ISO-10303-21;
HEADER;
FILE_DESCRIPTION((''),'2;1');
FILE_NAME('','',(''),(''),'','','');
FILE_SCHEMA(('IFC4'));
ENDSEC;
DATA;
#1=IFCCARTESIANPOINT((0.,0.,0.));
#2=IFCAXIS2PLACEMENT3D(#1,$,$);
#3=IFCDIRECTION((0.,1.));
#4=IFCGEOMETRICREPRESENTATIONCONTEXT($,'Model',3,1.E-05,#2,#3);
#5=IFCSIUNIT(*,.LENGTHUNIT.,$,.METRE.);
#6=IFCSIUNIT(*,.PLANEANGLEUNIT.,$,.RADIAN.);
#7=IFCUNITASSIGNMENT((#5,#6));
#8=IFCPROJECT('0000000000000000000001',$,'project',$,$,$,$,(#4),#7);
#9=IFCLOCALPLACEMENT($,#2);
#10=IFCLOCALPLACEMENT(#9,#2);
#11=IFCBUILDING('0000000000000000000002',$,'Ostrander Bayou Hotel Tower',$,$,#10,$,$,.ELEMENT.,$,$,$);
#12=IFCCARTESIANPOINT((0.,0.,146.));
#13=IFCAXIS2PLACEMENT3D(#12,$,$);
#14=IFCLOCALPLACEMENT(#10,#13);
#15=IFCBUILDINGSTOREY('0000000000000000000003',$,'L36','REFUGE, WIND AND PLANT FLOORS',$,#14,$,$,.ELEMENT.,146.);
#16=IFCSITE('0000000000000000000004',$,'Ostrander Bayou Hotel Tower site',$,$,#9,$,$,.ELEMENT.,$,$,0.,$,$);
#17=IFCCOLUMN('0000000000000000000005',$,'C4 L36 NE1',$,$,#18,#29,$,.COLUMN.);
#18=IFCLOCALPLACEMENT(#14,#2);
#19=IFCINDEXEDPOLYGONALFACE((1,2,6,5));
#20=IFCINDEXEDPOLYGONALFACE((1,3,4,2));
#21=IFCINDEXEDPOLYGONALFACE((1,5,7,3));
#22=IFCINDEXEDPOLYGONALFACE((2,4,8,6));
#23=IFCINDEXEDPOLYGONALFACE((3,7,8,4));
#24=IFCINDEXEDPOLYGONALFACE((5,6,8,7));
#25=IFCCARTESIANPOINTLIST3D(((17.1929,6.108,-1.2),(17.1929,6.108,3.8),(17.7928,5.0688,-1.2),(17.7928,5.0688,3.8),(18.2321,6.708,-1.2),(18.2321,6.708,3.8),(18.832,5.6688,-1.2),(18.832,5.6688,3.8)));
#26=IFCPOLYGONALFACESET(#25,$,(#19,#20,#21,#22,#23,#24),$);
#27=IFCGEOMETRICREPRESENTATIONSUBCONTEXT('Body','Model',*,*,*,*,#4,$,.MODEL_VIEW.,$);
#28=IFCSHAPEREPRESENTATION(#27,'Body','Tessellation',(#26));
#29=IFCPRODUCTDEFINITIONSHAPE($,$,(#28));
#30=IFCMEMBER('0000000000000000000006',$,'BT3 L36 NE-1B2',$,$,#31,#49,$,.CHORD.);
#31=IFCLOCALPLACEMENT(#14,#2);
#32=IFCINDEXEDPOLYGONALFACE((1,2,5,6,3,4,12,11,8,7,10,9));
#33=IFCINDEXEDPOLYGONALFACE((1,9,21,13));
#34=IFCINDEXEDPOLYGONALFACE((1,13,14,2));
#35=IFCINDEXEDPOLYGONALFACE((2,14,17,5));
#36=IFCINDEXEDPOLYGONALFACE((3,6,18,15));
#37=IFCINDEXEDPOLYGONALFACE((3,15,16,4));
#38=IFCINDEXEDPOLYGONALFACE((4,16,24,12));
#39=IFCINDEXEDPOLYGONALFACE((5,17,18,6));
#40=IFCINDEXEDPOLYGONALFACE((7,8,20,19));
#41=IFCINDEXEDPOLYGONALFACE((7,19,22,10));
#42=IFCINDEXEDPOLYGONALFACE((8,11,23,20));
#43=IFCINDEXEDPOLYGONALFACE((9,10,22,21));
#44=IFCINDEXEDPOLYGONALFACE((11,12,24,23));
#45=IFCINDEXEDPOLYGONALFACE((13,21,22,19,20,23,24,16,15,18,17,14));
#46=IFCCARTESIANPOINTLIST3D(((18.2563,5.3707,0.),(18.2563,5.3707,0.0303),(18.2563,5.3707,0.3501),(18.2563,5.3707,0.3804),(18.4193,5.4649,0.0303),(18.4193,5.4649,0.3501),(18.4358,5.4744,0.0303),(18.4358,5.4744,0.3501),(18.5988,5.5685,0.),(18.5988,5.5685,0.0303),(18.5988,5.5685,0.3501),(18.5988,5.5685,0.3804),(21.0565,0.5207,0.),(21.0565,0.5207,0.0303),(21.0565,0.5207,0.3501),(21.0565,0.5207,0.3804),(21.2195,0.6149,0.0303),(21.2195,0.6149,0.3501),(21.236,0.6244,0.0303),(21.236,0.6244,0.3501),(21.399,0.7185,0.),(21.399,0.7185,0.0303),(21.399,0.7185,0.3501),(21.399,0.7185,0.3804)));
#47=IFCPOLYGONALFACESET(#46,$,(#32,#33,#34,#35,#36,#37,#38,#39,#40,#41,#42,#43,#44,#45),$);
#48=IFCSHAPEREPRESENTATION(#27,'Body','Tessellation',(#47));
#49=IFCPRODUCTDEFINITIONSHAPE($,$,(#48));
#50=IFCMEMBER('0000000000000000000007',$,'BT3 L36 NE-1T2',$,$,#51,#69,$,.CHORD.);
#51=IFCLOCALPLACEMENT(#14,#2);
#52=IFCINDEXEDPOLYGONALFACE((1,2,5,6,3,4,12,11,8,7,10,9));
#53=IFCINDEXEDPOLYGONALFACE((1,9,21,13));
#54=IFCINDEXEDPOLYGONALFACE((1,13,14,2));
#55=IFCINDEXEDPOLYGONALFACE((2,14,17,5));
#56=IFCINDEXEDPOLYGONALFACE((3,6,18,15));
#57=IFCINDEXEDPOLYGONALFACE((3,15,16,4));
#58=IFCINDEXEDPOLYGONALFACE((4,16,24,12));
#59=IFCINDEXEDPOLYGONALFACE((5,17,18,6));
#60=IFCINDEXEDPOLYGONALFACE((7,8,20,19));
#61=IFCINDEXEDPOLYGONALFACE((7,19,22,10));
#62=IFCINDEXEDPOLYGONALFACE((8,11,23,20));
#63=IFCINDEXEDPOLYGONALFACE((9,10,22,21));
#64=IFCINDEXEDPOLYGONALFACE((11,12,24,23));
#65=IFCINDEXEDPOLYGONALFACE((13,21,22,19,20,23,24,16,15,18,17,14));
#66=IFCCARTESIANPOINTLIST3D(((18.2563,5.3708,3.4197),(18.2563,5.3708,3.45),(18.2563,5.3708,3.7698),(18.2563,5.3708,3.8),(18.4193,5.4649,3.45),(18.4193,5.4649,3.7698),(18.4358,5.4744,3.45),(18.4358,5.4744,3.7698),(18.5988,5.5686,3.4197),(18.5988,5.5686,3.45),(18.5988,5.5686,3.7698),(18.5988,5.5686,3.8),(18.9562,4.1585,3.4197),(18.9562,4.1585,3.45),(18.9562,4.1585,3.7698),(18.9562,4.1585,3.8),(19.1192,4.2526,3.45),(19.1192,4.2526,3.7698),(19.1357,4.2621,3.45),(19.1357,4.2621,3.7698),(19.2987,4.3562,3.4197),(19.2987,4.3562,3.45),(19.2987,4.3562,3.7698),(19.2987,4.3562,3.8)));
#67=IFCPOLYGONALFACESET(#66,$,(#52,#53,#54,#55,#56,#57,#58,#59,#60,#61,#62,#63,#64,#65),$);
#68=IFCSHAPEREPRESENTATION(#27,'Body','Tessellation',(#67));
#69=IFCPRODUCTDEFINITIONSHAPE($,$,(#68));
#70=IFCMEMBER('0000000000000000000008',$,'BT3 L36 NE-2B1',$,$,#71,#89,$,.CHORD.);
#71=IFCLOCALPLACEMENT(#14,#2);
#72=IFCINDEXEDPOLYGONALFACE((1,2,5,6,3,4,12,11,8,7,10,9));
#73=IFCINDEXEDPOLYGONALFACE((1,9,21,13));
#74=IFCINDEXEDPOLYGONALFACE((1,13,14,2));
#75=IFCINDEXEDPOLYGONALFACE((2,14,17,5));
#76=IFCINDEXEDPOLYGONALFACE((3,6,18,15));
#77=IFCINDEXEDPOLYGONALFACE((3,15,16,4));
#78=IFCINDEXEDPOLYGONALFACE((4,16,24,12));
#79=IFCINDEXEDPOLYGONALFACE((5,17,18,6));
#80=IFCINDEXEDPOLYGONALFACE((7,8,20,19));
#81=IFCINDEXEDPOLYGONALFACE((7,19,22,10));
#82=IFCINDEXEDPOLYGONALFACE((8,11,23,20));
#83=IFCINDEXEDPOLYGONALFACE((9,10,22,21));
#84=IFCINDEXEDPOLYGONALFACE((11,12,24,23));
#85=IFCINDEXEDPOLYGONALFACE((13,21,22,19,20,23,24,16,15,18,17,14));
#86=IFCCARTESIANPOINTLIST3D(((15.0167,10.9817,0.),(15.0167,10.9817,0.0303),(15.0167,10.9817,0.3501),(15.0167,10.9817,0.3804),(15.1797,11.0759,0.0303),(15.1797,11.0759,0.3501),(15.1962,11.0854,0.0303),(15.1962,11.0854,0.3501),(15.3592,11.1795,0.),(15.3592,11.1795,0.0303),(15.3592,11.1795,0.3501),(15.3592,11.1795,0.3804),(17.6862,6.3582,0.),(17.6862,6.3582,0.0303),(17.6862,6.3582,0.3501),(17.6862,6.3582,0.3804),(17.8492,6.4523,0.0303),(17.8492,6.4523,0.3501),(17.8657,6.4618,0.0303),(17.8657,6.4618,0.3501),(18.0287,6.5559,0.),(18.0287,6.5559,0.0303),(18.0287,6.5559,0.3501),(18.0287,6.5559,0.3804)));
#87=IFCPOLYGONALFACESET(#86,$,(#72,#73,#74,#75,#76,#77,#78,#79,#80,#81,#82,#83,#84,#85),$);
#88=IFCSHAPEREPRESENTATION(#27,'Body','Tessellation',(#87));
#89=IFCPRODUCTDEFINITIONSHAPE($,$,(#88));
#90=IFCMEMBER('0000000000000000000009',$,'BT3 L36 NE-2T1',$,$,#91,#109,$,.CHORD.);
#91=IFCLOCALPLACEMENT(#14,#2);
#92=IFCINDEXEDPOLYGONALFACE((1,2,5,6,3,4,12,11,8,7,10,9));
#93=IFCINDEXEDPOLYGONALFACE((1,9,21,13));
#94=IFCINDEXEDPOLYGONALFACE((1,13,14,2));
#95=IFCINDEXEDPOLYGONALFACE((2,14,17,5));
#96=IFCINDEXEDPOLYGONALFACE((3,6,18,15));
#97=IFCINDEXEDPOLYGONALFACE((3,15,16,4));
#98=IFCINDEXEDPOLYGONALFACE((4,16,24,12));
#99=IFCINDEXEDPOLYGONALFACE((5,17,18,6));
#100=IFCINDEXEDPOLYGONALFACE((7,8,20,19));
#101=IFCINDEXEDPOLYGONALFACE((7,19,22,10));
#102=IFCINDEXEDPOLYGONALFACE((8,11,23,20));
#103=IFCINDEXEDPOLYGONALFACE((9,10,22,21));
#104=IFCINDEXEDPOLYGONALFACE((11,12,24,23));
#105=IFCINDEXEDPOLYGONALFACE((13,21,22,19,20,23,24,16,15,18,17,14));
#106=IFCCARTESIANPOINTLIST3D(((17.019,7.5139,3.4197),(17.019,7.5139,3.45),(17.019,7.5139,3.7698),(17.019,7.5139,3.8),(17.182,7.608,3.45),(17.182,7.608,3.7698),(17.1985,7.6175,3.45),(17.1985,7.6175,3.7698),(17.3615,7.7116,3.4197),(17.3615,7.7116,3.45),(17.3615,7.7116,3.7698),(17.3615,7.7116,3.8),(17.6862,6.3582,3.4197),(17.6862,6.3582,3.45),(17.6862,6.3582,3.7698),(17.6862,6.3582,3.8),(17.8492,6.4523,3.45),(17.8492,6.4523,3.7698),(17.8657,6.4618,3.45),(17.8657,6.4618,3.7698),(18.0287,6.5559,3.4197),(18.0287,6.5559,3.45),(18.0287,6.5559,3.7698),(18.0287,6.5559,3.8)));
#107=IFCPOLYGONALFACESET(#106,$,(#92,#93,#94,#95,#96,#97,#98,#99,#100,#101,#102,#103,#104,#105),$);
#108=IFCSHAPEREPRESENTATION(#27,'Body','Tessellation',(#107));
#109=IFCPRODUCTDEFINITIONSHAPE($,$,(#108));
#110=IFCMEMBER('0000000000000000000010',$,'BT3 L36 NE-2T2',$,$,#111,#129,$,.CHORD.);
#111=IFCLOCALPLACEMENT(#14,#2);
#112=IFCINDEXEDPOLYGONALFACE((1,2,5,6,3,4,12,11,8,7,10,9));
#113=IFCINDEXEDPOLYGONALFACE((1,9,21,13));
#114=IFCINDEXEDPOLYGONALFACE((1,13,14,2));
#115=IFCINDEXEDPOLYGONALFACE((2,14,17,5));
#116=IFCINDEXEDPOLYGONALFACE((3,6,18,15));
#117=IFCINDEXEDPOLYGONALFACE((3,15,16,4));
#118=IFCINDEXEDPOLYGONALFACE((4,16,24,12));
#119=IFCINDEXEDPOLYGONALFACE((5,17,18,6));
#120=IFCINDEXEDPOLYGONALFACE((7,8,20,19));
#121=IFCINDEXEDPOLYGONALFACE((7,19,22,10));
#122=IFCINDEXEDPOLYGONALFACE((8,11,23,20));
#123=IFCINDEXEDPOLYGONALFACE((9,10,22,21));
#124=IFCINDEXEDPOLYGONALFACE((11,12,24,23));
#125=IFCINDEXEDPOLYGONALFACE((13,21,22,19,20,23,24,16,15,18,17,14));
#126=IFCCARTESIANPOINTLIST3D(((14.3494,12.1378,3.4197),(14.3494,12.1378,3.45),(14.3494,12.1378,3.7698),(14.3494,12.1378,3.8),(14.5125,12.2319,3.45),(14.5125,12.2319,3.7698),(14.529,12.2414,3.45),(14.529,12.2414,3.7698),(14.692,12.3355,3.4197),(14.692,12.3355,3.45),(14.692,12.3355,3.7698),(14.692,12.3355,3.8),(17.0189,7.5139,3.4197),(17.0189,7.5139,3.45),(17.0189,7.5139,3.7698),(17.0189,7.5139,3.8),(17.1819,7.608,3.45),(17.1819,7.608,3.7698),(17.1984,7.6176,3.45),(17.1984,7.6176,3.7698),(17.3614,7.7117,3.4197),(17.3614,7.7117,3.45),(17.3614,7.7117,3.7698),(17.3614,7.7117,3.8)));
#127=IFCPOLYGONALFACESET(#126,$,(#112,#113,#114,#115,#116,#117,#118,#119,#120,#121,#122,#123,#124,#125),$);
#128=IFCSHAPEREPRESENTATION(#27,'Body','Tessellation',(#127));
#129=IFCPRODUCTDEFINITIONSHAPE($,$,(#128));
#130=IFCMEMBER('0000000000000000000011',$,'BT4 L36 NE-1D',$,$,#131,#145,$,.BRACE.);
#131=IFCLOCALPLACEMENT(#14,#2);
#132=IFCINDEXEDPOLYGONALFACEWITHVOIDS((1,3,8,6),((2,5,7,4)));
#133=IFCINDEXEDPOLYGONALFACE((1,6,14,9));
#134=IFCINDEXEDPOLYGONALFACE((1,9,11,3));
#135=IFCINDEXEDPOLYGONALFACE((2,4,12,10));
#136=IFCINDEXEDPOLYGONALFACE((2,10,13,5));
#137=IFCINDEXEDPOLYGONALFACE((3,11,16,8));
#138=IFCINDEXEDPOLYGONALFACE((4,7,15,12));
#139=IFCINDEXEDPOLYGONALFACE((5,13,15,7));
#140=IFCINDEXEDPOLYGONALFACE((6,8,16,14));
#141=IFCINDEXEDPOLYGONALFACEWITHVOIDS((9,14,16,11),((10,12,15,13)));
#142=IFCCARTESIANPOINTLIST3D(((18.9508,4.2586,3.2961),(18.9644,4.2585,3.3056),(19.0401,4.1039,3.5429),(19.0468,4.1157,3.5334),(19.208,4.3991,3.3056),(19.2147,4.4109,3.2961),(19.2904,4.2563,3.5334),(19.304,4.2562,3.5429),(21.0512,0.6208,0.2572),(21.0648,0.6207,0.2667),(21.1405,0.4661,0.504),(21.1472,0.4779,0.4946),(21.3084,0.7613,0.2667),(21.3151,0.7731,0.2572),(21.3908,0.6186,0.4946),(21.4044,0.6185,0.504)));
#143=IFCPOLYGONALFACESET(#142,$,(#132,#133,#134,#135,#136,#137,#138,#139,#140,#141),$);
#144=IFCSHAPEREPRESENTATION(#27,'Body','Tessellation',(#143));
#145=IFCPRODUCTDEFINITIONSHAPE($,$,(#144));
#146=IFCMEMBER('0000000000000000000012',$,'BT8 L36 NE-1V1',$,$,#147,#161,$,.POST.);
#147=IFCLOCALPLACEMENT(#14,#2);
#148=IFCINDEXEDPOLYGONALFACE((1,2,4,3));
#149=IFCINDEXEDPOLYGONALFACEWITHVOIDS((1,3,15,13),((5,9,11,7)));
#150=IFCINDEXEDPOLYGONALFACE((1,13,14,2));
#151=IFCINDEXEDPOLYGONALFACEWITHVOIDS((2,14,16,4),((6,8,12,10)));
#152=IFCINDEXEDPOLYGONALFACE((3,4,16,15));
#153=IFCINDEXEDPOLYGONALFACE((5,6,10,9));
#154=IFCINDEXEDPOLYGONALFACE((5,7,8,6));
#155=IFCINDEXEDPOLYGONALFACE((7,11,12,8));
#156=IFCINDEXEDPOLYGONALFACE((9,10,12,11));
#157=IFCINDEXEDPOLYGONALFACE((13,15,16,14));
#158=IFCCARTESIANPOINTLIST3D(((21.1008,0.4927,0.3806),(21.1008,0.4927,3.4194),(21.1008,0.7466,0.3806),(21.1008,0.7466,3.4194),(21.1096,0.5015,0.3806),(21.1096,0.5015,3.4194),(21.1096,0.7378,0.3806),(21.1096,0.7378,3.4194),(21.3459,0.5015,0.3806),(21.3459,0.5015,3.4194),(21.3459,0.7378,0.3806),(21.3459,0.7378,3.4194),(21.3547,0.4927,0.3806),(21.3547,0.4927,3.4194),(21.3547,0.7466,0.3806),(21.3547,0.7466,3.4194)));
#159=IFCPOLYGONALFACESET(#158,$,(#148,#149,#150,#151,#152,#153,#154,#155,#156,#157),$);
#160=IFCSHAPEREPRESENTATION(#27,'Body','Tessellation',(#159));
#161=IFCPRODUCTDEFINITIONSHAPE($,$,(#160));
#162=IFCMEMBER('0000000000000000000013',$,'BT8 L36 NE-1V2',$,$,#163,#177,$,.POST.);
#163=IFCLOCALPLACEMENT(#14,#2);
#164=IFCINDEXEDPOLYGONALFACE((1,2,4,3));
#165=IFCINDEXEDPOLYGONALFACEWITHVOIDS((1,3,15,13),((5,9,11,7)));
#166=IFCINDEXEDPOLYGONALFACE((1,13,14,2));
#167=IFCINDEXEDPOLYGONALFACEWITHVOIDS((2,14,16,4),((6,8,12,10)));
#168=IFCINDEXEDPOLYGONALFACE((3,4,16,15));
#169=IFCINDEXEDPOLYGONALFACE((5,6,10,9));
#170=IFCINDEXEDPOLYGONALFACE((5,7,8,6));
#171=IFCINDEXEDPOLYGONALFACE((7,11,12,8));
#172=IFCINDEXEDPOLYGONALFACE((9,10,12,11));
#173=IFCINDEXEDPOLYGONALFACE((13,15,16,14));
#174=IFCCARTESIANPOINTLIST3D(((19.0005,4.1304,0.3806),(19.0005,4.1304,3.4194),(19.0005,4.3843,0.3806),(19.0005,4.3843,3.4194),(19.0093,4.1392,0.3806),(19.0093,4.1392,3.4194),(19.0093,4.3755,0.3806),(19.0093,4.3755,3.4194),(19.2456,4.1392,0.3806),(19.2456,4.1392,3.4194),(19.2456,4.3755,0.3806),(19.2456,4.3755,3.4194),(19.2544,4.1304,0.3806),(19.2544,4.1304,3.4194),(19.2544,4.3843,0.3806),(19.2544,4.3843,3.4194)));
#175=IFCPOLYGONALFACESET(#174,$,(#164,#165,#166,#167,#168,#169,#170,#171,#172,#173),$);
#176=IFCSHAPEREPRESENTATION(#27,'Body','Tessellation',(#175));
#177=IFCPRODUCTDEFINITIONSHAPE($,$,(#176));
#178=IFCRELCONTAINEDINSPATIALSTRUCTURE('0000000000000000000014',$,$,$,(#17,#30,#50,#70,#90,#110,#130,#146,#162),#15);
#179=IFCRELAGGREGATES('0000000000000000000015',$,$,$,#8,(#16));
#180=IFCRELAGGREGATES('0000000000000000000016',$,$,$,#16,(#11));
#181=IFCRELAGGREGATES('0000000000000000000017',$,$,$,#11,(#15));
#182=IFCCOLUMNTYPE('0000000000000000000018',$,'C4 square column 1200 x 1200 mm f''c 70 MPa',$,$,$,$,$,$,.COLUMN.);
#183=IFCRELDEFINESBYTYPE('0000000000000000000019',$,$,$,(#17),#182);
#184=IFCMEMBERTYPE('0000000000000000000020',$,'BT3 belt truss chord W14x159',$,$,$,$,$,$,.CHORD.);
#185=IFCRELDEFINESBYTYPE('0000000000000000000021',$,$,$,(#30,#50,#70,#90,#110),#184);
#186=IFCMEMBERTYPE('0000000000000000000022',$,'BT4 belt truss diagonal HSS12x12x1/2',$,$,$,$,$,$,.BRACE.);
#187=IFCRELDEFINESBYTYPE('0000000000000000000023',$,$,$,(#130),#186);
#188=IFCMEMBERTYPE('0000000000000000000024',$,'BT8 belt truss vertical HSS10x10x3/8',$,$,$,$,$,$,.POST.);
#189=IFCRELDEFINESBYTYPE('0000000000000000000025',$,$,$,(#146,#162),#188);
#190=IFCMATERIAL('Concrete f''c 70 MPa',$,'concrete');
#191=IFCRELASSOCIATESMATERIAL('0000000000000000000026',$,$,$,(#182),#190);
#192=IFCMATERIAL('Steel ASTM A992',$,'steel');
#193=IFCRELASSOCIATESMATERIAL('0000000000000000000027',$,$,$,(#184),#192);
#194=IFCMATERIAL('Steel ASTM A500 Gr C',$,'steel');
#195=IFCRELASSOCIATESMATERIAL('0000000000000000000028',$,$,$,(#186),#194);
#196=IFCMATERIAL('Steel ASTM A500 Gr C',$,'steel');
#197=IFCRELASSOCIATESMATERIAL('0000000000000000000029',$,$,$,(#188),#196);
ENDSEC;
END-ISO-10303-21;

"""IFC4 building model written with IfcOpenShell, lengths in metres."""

from ifc_helpers import new_model, si_unit, direction, frame, origin, origin_2d, place, context, subcontext, project, spatial, rectangle, hollow_rectangle, i_section, extrude, material, material_profile, profile_set, type_object, element, save


model = new_model("IFC4")

# Units and contexts
model_context = context("Model", 3, precision=1e-05, world=origin(), true_north=direction((0.0, 1.0)))
body_context = subcontext(model_context, "Body", "Model", "MODEL_VIEW")
ifc_project = project(units=[si_unit("LENGTHUNIT", "METRE"), si_unit("PLANEANGLEUNIT", "RADIAN")], contexts=[model_context])

# Site, building, storey
site_placement = place(None, origin())
site = spatial("IfcSite", under=ifc_project, at=site_placement, Name="Ostrander Bayou Hotel Tower site", CompositionType="ELEMENT", RefElevation=0.0)
building_placement = place(site_placement, origin())
building = spatial("IfcBuilding", under=site, at=building_placement, Name="Ostrander Bayou Hotel Tower", CompositionType="ELEMENT")
storey_placement = place(building_placement, frame((0.0, 0.0, 146.0)))
storey = spatial("IfcBuildingStorey", under=building, at=storey_placement, Name="L36", Description="REFUGE, WIND AND PLANT FLOORS", CompositionType="ELEMENT", Elevation=146.0)

# Column
ifc_material_1 = material(Name="Concrete f'c 70 MPa", Category="concrete")
ifc_material_profile_1 = material_profile(ifc_material_1, rectangle(XDim=1.2, YDim=1.2, at=origin_2d()))
ifc_profile_set_1 = profile_set([ifc_material_profile_1], Name="Concrete f'c 70 MPa")
column_type = type_object("IfcColumnType", Name="C4 square column 1200 x 1200 mm f'c 70 MPa", PredefinedType="COLUMN", material=ifc_profile_set_1)
column_placement = place(storey_placement, frame((18.0125, 5.8884, -1.2), z_axis=(0.0, 0.0, 1.0), x_axis=(0.5, -0.866025, 0.0)))
element("IfcColumn", 1, at=column_placement, inside=storey, type_object=column_type, Name="C4 L36 NE1", PredefinedType="COLUMN", context=body_context, shape_type="SweptSolid", body=[
    extrude(rectangle(XDim=1.2, YDim=1.2, at=origin_2d()), origin(), (0.0, 0.0, 1.0), 5.0),
])

# Members
ifc_material_2 = material(Name="Steel ASTM A992", Category="steel")
ifc_material_profile_2 = material_profile(ifc_material_2, i_section(OverallWidth=0.3955, OverallDepth=0.3804, WebThickness=0.019, FlangeThickness=0.0303, at=origin_2d()))
ifc_profile_set_2 = profile_set([ifc_material_profile_2], Name="Steel ASTM A992")
member_type_1 = type_object("IfcMemberType", Name="BT3 belt truss chord W14x159", PredefinedType="CHORD", material=ifc_profile_set_2)
member_1_placement = place(storey_placement, frame((21.2278, 0.6196, 0.1902), z_axis=(-0.500012, 0.866019, 0.0), x_axis=(-0.866019, -0.500012, 0.0)))
element("IfcMember", 2, at=member_1_placement, inside=storey, type_object=member_type_1, Name="BT3 L36 NE-1B2", PredefinedType="CHORD", context=body_context, shape_type="SweptSolid", body=[
    extrude(i_section(OverallWidth=0.3955, OverallDepth=0.3804, WebThickness=0.019, FlangeThickness=0.0303, at=origin_2d()), origin(), (0.0, 0.0, 1.0), 5.6003),
])
member_2_placement = place(storey_placement, frame((19.1274, 4.2573, 3.6099), z_axis=(-0.499984, 0.866035, 0.0), x_axis=(-0.866035, -0.499984, 0.0)))
element("IfcMember", 3, at=member_2_placement, inside=storey, type_object=member_type_1, Name="BT3 L36 NE-1T2", PredefinedType="CHORD", context=body_context, shape_type="SweptSolid", body=[
    extrude(i_section(OverallWidth=0.3955, OverallDepth=0.3804, WebThickness=0.019, FlangeThickness=0.0303, at=origin_2d()), origin(), (0.0, 0.0, 1.0), 1.3999),
])
member_3_placement = place(storey_placement, frame((17.8574, 6.457, 0.1902), z_axis=(-0.500005, 0.866023, 0.0), x_axis=(-0.866023, -0.500005, 0.0)))
element("IfcMember", 4, at=member_3_placement, inside=storey, type_object=member_type_1, Name="BT3 L36 NE-2B1", PredefinedType="CHORD", context=body_context, shape_type="SweptSolid", body=[
    extrude(i_section(OverallWidth=0.3955, OverallDepth=0.3804, WebThickness=0.019, FlangeThickness=0.0303, at=origin_2d()), origin(), (0.0, 0.0, 1.0), 5.3389),
])
member_4_placement = place(storey_placement, frame((17.8574, 6.457, 3.6099), z_axis=(-0.499976, 0.866039, 0.0), x_axis=(-0.866039, -0.499976, 0.0)))
element("IfcMember", 5, at=member_4_placement, inside=storey, type_object=member_type_1, Name="BT3 L36 NE-2T1", PredefinedType="CHORD", context=body_context, shape_type="SweptSolid", body=[
    extrude(i_section(OverallWidth=0.3955, OverallDepth=0.3804, WebThickness=0.019, FlangeThickness=0.0303, at=origin_2d()), origin(), (0.0, 0.0, 1.0), 1.3345),
])
member_5_placement = place(storey_placement, frame((17.1902, 7.6128, 3.6099), z_axis=(-0.499985, 0.866034, 0.0), x_axis=(-0.866034, -0.499985, 0.0)))
element("IfcMember", 6, at=member_5_placement, inside=storey, type_object=member_type_1, Name="BT3 L36 NE-2T2", PredefinedType="CHORD", context=body_context, shape_type="SweptSolid", body=[
    extrude(i_section(OverallWidth=0.3955, OverallDepth=0.3804, WebThickness=0.019, FlangeThickness=0.0303, at=origin_2d()), origin(), (0.0, 0.0, 1.0), 5.3391),
])
ifc_material_3 = material(Name="Steel ASTM A500 Gr C", Category="steel")
ifc_material_profile_3 = material_profile(ifc_material_3, hollow_rectangle(XDim=0.3047, YDim=0.3047, WallThickness=0.0117, at=origin_2d()))
ifc_profile_set_3 = profile_set([ifc_material_profile_3], Name="Steel ASTM A500 Gr C")
member_type_2 = type_object("IfcMemberType", Name="BT4 belt truss diagonal HSS12x12x1/2", PredefinedType="BRACE", material=ifc_profile_set_3)
member_6_placement = place(storey_placement, frame((21.2278, 0.6196, 0.3806), z_axis=(-0.405122, 0.701653, 0.586139), x_axis=(-0.866013, -0.500021, 0.0)))
element("IfcMember", 7, at=member_6_placement, inside=storey, type_object=member_type_2, Name="BT4 L36 NE-1D", PredefinedType="BRACE", context=body_context, shape_type="SweptSolid", body=[
    extrude(hollow_rectangle(XDim=0.3047, YDim=0.3047, WallThickness=0.0117, at=origin_2d()), origin(), (0.0, 0.0, 1.0), 5.1846),
])
ifc_material_4 = material(Name="Steel ASTM A500 Gr C", Category="steel")
ifc_material_profile_4 = material_profile(ifc_material_4, hollow_rectangle(XDim=0.2539, YDim=0.2539, WallThickness=0.0088, at=origin_2d()))
ifc_profile_set_4 = profile_set([ifc_material_profile_4], Name="Steel ASTM A500 Gr C")
member_type_3 = type_object("IfcMemberType", Name="BT8 belt truss vertical HSS10x10x3/8", PredefinedType="POST", material=ifc_profile_set_4)
for number, where, z_axis, x_axis, name in (
    (8, (21.2278, 0.6196, 0.3806), (0.0, 0.0, 1.0), (1.0, 0.0, 0.0), "BT8 L36 NE-1V1"),
    (9, (19.1274, 4.2573, 0.3806), (0.0, 0.0, 1.0), (1.0, 0.0, 0.0), "BT8 L36 NE-1V2"),
):
    element("IfcMember", number, at=place(storey_placement, frame(where, z_axis=z_axis, x_axis=x_axis)), inside=storey, type_object=member_type_3, Name=name, PredefinedType="POST", context=body_context, shape_type="SweptSolid", body=[
        extrude(hollow_rectangle(XDim=0.2539, YDim=0.2539, WallThickness=0.0088, at=origin_2d()), origin(), (0.0, 0.0, 1.0), 3.0388),
    ])

save(model, "model.ifc")
